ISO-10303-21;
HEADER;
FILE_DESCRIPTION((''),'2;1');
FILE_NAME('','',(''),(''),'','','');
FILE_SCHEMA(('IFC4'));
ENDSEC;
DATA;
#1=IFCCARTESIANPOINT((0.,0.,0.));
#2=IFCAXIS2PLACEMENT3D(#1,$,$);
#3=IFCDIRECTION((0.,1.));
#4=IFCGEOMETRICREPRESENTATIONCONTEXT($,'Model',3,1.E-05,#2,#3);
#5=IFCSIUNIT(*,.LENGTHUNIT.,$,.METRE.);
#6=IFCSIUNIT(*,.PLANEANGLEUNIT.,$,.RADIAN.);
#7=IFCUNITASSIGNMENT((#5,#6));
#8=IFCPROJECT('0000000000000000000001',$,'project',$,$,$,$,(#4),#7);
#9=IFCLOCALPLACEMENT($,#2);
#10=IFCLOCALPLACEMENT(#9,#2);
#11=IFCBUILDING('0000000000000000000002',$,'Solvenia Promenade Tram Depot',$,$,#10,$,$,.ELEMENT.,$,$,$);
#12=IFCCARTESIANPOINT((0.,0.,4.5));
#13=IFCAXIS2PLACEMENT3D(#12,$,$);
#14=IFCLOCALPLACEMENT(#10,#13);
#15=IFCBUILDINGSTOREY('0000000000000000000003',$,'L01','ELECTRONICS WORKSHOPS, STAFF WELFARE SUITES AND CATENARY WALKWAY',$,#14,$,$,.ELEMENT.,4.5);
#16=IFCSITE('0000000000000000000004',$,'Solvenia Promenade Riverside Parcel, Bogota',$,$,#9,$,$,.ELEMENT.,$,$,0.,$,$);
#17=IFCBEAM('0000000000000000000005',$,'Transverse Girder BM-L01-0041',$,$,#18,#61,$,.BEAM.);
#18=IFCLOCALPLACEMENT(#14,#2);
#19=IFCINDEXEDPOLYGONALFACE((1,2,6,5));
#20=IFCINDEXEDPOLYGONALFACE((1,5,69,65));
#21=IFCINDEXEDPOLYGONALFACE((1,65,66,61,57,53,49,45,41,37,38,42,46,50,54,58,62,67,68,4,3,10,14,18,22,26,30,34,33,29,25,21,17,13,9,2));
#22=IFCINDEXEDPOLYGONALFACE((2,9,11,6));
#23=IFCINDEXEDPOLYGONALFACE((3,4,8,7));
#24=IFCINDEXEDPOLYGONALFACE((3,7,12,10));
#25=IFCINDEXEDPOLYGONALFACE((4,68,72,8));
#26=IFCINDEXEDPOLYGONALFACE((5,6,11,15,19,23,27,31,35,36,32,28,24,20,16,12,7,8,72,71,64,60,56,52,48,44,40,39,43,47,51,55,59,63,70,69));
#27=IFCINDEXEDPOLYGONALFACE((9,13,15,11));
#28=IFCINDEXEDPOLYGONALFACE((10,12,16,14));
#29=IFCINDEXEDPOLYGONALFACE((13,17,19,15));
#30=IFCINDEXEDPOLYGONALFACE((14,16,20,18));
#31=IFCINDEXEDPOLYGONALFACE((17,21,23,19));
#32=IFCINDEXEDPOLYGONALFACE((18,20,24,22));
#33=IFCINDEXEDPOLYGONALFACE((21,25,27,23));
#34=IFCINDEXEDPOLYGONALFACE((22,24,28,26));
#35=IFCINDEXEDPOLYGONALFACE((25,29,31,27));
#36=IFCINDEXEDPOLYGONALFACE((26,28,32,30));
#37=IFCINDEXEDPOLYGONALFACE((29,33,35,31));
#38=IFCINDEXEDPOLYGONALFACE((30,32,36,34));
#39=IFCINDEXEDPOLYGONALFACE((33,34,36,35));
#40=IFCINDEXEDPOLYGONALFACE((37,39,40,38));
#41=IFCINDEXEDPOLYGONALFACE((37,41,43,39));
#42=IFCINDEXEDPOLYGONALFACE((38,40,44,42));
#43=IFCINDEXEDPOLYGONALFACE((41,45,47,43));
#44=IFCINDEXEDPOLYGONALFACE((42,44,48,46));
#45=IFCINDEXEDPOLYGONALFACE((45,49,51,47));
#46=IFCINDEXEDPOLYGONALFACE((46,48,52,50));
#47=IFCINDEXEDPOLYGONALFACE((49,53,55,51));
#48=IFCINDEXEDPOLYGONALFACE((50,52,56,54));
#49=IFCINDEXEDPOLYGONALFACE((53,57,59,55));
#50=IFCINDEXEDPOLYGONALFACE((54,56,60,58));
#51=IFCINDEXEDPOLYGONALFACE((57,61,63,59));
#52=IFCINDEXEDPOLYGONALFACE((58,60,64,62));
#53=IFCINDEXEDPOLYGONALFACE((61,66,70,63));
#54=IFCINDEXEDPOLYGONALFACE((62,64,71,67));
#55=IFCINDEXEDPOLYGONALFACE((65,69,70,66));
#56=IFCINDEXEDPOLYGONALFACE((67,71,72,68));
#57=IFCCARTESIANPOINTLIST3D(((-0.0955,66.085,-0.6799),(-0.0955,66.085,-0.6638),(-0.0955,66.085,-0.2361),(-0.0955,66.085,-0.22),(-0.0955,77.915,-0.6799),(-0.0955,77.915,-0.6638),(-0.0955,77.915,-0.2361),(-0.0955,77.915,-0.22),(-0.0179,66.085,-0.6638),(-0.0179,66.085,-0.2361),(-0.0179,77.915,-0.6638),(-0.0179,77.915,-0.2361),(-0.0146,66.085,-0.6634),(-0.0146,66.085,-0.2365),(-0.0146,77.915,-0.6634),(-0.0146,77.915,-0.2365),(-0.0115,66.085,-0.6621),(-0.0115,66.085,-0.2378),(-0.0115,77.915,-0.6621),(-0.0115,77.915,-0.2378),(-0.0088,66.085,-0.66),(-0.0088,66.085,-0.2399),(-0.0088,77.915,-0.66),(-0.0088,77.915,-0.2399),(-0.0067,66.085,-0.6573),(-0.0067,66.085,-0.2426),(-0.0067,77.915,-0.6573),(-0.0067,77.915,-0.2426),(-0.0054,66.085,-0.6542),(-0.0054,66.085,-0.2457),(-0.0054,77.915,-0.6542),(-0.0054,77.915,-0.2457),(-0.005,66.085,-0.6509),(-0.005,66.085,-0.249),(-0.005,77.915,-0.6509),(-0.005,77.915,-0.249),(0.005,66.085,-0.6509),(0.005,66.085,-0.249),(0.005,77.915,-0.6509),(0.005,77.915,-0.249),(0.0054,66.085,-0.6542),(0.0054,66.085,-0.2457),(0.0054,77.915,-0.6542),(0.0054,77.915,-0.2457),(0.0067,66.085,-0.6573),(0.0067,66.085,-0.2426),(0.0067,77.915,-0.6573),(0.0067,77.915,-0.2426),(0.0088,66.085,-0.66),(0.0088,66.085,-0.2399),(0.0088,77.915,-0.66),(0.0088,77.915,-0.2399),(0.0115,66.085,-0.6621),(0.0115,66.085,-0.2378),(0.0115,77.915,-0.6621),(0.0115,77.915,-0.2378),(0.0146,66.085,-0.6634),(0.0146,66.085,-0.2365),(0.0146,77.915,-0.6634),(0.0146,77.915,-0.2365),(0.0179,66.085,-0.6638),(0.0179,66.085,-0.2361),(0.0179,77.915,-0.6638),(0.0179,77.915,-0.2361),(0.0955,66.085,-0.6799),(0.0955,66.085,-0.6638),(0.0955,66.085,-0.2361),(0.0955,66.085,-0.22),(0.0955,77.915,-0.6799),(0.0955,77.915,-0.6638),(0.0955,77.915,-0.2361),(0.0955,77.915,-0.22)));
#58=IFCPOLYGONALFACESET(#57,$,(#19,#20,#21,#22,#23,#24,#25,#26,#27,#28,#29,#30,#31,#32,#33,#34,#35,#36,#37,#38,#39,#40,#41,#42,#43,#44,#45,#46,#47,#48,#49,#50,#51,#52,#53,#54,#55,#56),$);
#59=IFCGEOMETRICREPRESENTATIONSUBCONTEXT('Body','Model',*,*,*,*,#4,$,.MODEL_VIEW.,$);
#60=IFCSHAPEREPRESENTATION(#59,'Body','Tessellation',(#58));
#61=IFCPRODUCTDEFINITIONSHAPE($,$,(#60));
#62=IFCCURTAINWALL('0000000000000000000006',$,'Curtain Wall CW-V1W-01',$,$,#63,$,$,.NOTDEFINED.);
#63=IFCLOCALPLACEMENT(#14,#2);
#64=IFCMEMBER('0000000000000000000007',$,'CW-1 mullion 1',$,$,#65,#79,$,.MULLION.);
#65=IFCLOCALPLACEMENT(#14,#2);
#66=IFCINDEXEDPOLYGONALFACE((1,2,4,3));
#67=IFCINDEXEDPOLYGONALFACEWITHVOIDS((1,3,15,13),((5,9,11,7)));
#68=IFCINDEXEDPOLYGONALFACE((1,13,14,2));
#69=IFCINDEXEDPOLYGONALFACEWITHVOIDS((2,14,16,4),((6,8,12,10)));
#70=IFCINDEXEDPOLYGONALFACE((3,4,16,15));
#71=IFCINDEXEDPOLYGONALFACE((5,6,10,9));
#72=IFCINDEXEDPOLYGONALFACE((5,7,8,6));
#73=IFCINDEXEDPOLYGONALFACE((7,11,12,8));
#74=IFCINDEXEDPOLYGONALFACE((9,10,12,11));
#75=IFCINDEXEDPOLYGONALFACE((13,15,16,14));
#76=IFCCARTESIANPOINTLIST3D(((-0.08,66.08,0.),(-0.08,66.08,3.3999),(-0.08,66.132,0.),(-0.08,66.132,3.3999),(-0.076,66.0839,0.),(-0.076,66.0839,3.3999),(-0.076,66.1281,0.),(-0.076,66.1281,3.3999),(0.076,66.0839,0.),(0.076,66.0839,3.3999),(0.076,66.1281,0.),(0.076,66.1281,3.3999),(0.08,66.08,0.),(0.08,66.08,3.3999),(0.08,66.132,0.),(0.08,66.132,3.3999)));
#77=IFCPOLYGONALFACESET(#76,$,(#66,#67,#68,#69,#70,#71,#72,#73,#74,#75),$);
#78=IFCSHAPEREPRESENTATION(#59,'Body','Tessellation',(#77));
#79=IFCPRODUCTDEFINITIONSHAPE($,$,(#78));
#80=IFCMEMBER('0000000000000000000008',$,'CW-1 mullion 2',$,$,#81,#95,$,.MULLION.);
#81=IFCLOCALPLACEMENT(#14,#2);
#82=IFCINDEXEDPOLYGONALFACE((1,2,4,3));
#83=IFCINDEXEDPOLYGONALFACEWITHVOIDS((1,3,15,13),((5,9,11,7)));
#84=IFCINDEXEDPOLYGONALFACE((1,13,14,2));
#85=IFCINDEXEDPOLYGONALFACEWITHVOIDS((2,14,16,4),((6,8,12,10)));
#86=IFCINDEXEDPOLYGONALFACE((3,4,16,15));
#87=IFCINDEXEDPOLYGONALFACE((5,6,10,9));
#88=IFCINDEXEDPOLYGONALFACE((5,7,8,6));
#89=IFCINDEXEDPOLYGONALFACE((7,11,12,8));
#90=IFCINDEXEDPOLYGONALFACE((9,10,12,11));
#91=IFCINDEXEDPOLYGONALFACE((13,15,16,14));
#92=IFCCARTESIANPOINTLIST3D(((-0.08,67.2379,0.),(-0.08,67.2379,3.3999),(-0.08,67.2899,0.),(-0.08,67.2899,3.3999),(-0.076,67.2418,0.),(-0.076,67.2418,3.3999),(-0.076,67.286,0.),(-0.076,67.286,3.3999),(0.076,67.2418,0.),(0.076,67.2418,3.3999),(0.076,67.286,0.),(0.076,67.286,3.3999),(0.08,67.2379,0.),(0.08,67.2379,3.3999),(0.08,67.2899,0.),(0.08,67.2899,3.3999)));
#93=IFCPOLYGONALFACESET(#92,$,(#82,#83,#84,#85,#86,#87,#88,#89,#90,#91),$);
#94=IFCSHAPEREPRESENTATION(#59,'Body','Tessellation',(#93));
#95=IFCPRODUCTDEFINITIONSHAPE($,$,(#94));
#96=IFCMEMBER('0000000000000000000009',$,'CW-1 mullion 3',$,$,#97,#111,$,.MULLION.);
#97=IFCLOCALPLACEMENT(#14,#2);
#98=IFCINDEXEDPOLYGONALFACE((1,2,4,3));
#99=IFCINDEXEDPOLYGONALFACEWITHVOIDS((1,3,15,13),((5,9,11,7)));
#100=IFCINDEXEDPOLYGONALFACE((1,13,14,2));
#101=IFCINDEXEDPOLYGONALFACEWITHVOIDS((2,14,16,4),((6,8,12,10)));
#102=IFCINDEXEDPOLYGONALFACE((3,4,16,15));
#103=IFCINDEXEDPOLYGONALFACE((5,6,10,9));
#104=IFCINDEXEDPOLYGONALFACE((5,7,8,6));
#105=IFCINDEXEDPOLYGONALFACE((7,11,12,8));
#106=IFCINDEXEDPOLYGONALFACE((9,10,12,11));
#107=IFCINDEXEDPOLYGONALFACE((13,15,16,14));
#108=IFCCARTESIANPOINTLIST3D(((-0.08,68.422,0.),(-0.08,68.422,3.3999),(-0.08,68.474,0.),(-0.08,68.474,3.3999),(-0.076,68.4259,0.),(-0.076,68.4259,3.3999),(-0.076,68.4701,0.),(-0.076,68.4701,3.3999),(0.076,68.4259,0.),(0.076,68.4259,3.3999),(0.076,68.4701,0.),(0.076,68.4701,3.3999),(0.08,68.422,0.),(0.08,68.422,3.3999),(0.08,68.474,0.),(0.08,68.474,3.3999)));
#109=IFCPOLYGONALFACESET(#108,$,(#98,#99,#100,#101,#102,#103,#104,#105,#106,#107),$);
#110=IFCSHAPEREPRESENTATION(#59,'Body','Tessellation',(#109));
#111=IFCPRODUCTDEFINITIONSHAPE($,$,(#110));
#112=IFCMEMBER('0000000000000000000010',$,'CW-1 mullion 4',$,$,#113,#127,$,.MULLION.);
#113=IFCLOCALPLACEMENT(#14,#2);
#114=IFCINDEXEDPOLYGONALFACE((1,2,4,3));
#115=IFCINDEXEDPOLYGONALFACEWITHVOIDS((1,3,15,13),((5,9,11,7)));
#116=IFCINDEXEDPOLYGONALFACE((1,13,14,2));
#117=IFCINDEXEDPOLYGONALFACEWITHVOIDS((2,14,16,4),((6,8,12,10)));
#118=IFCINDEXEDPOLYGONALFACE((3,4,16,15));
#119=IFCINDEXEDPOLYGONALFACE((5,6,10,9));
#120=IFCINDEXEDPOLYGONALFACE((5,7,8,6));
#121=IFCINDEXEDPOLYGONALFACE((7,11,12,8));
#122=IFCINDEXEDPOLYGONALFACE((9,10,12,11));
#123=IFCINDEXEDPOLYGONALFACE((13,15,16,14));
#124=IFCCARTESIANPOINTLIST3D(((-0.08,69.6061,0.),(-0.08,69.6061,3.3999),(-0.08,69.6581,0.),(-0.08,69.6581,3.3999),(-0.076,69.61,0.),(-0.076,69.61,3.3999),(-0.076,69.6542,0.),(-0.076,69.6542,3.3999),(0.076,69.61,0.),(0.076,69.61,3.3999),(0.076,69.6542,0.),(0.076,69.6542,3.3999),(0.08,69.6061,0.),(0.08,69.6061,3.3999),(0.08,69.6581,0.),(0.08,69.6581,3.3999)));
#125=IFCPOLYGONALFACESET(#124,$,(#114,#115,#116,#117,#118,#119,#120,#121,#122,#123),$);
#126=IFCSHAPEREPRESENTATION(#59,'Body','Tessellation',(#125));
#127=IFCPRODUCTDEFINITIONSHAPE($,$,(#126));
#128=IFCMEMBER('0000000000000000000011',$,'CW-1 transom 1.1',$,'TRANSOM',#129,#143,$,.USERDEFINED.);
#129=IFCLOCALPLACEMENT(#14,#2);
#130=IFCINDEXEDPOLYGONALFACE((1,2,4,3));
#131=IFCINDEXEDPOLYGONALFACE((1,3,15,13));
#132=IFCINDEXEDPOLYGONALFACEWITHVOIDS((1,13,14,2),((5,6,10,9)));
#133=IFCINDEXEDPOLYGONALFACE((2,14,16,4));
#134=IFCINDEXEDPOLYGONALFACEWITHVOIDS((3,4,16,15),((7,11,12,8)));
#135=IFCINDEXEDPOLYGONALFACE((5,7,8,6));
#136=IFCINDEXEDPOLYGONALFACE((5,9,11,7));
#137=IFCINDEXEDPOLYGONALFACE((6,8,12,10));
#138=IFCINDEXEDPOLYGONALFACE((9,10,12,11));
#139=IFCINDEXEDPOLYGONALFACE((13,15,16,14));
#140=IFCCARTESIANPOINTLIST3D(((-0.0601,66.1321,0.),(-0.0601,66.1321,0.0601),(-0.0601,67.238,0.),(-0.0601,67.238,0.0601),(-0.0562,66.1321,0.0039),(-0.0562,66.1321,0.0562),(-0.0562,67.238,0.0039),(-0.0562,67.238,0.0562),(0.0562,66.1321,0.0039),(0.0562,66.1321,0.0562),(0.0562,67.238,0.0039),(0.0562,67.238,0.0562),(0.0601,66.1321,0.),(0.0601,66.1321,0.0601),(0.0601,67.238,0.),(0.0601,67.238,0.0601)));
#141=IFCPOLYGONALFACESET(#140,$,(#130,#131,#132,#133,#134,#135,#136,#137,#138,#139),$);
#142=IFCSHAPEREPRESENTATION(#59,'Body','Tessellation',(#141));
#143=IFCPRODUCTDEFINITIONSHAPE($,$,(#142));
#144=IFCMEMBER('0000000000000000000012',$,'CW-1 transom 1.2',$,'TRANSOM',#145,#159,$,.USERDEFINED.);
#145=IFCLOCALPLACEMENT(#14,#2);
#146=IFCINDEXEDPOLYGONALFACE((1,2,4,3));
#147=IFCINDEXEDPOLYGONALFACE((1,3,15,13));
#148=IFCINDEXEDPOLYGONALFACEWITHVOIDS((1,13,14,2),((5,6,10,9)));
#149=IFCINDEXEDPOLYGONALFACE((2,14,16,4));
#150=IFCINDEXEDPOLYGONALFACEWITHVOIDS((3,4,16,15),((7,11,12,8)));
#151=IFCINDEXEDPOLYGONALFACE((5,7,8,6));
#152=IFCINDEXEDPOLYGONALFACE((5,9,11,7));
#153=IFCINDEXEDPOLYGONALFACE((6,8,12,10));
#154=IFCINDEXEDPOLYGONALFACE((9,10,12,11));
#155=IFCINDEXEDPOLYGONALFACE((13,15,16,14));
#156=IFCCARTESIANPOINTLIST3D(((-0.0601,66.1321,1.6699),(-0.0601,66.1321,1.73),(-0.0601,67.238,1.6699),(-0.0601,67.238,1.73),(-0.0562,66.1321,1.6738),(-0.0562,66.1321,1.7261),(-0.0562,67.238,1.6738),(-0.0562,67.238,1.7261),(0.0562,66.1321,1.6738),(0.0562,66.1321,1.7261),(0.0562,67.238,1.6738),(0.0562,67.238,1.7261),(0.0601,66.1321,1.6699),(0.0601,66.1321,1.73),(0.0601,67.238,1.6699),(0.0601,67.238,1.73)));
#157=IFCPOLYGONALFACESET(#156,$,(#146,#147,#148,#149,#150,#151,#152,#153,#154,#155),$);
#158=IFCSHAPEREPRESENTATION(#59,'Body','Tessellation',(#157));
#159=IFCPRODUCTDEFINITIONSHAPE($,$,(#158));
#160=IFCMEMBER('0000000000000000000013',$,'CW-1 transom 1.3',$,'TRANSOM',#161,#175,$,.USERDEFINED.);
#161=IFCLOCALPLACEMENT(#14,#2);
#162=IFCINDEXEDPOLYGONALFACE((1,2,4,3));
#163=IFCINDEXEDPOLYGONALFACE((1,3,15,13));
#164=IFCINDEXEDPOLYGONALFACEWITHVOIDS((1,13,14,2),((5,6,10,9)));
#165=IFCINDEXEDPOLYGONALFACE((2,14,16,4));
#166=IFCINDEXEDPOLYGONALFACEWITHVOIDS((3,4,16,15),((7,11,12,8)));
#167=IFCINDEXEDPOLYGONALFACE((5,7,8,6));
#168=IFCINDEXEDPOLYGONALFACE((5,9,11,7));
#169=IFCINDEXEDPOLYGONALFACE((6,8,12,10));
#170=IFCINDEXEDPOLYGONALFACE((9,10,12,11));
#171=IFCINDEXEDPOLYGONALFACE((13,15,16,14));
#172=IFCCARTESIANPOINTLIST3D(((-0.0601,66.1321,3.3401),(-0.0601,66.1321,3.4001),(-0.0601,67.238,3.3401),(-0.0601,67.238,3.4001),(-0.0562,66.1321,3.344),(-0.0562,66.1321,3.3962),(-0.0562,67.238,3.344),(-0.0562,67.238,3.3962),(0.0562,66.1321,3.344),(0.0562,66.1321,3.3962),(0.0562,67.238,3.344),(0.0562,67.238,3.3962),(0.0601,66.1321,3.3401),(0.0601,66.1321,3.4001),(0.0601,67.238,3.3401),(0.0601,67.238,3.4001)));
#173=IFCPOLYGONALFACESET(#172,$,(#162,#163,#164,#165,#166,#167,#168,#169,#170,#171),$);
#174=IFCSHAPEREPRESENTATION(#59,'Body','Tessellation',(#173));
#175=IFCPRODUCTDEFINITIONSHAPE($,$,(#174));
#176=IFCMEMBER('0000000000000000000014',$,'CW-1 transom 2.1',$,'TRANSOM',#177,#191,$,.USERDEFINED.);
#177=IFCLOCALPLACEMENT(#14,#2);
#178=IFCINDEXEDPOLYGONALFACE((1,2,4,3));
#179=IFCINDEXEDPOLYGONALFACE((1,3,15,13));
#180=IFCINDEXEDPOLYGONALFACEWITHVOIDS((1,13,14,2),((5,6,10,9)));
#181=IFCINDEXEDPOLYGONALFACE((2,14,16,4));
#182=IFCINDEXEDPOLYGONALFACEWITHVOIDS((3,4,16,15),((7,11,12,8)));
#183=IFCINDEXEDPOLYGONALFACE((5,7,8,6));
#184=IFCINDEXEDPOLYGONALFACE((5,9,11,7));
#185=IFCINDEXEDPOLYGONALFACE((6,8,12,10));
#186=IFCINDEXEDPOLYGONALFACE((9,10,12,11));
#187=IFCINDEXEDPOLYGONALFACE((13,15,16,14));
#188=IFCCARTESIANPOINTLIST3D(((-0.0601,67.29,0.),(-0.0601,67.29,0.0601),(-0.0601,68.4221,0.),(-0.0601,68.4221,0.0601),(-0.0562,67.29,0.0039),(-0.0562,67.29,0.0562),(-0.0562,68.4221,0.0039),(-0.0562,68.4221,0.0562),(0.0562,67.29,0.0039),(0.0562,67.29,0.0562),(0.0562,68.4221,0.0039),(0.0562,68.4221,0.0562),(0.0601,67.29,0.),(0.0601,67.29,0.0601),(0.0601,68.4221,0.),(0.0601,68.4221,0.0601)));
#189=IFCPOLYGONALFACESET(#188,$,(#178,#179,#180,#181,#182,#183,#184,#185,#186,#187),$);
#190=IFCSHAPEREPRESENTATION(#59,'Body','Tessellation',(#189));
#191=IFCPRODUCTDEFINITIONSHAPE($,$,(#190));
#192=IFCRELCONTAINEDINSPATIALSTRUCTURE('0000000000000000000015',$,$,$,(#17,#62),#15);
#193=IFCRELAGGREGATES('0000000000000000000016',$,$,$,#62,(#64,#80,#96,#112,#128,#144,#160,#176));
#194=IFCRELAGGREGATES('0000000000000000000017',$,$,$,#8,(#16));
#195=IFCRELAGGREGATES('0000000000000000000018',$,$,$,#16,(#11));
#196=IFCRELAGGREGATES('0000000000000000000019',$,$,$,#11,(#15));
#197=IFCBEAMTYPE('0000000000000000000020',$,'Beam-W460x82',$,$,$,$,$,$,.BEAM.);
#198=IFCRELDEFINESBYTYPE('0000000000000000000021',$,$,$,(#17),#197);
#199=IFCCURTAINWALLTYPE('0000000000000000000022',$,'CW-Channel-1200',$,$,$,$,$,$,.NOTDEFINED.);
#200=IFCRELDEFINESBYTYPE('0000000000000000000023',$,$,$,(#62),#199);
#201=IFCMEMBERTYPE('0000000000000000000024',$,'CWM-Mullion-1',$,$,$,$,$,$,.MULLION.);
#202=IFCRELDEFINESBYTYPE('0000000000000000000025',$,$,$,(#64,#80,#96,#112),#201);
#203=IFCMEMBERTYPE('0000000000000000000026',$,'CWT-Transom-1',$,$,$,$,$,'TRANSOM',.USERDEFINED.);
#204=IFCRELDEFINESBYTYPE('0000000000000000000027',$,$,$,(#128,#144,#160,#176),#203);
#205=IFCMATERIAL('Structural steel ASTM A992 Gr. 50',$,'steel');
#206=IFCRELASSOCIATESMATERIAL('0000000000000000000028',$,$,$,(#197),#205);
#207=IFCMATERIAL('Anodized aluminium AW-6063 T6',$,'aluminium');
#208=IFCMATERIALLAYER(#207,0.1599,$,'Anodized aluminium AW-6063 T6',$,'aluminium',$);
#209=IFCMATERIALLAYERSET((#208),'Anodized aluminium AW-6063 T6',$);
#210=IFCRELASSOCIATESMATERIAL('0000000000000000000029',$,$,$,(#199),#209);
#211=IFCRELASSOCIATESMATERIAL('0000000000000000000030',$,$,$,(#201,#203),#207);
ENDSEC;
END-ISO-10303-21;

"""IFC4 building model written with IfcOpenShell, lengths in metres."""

from ifc_helpers import new_model, si_unit, direction, frame, origin, origin_2d, place, context, subcontext, project, spatial, hollow_rectangle, i_section, extrude, material, layer, layer_set, material_profile, profile_set, type_object, element, aggregate, save


model = new_model("IFC4")

# Units and contexts
model_context = context("Model", 3, precision=1e-05, world=origin(), true_north=direction((0.0, 1.0)))
body_context = subcontext(model_context, "Body", "Model", "MODEL_VIEW")
ifc_project = project(units=[si_unit("LENGTHUNIT", "METRE"), si_unit("PLANEANGLEUNIT", "RADIAN")], contexts=[model_context])

# Site, building, storey
site_placement = place(None, origin())
site = spatial("IfcSite", under=ifc_project, at=site_placement, Name="Solvenia Promenade Riverside Parcel, Bogota", CompositionType="ELEMENT", RefElevation=0.0)
building_placement = place(site_placement, origin())
building = spatial("IfcBuilding", under=site, at=building_placement, Name="Solvenia Promenade Tram Depot", CompositionType="ELEMENT")
storey_placement = place(building_placement, frame((0.0, 0.0, 4.5)))
storey = spatial("IfcBuildingStorey", under=building, at=storey_placement, Name="L01", Description="ELECTRONICS WORKSHOPS, STAFF WELFARE SUITES AND CATENARY WALKWAY", CompositionType="ELEMENT", Elevation=4.5)

# Beam
ifc_material_1 = material(Name="Structural steel ASTM A992 Gr. 50", Category="steel")
ifc_material_profile_1 = material_profile(ifc_material_1, i_section(OverallWidth=0.1909, OverallDepth=0.46, WebThickness=0.01, FlangeThickness=0.0161, FilletRadius=0.0129, at=origin_2d()), Name="W460x82", Category="steel")
ifc_profile_set_1 = profile_set([ifc_material_profile_1], Name="Structural steel ASTM A992 Gr. 50")
beam_type_1 = type_object("IfcBeamType", Name="Beam-W460x82", PredefinedType="BEAM", material=ifc_profile_set_1)
beam_1_placement = place(storey_placement, frame((0.0, 66.085, -0.45), z_axis=(0.0, 1.0, 0.0), x_axis=(-1.0, 0.0, 0.0)))
element("IfcBeam", 1, at=beam_1_placement, inside=storey, type_object=beam_type_1, Name="Transverse Girder BM-L01-0041", PredefinedType="BEAM", context=body_context, shape_type="SweptSolid", body=[
    extrude(i_section(OverallWidth=0.1909, OverallDepth=0.46, WebThickness=0.01, FlangeThickness=0.0161, FilletRadius=0.0129, at=origin_2d()), origin(), (0.0, 0.0, 1.0), 11.8301),
])

# Curtain wall, members
ifc_material_2 = material(Name="Anodized aluminium AW-6063 T6", Category="aluminium")
ifc_layer_1 = layer(ifc_material_2, 0.1599, Name="Anodized aluminium AW-6063 T6", Category="aluminium")
ifc_layer_set_1 = layer_set([ifc_layer_1], Name="Anodized aluminium AW-6063 T6")
curtain_wall_type = type_object("IfcCurtainWallType", Name="CW-Channel-1200", PredefinedType="NOTDEFINED", material=ifc_layer_set_1)
curtain_wall_placement = place(storey_placement, origin())
curtain_wall = element("IfcCurtainWall", 2, at=curtain_wall_placement, inside=storey, type_object=curtain_wall_type, Name="Curtain Wall CW-V1W-01", PredefinedType="NOTDEFINED")
ifc_material_profile_2 = material_profile(ifc_material_2, hollow_rectangle(XDim=0.1599, YDim=0.052, WallThickness=0.0039, at=origin_2d()), Name="ALU-M1", Category="aluminium")
ifc_profile_set_2 = profile_set([ifc_material_profile_2], Name="Anodized aluminium AW-6063 T6")
member_type_1 = type_object("IfcMemberType", Name="CWM-Mullion-1", PredefinedType="MULLION", material=ifc_profile_set_2)
member_1_placement = place(storey_placement, frame((0.0, 66.106, 0.0), z_axis=(0.0, 0.0, 1.0), x_axis=(-1.0, 0.0, 0.0)))
member_1 = element("IfcMember", 3, at=member_1_placement, type_object=member_type_1, Name="CW-1 mullion 1", PredefinedType="MULLION", context=body_context, shape_type="SweptSolid", body=[
    extrude(hollow_rectangle(XDim=0.1599, YDim=0.052, WallThickness=0.0039, at=origin_2d()), origin(), (0.0, 0.0, 1.0), 3.3999),
])
member_2_placement = place(storey_placement, frame((0.0, 67.2639, 0.0), z_axis=(0.0, 0.0, 1.0), x_axis=(-1.0, 0.0, 0.0)))
member_2 = element("IfcMember", 4, at=member_2_placement, type_object=member_type_1, Name="CW-1 mullion 2", PredefinedType="MULLION", context=body_context, shape_type="SweptSolid", body=[
    extrude(hollow_rectangle(XDim=0.1599, YDim=0.052, WallThickness=0.0039, at=origin_2d()), origin(), (0.0, 0.0, 1.0), 3.3999),
])
member_3_placement = place(storey_placement, frame((0.0, 68.448, 0.0), z_axis=(0.0, 0.0, 1.0), x_axis=(-1.0, 0.0, 0.0)))
member_3 = element("IfcMember", 5, at=member_3_placement, type_object=member_type_1, Name="CW-1 mullion 3", PredefinedType="MULLION", context=body_context, shape_type="SweptSolid", body=[
    extrude(hollow_rectangle(XDim=0.1599, YDim=0.052, WallThickness=0.0039, at=origin_2d()), origin(), (0.0, 0.0, 1.0), 3.3999),
])
member_4_placement = place(storey_placement, frame((0.0, 69.6321, 0.0), z_axis=(0.0, 0.0, 1.0), x_axis=(-1.0, 0.0, 0.0)))
member_4 = element("IfcMember", 6, at=member_4_placement, type_object=member_type_1, Name="CW-1 mullion 4", PredefinedType="MULLION", context=body_context, shape_type="SweptSolid", body=[
    extrude(hollow_rectangle(XDim=0.1599, YDim=0.052, WallThickness=0.0039, at=origin_2d()), origin(), (0.0, 0.0, 1.0), 3.3999),
])
ifc_material_profile_3 = material_profile(ifc_material_2, hollow_rectangle(XDim=0.1201, YDim=0.0601, WallThickness=0.0039, at=origin_2d()), Name="ALU-T1", Category="aluminium")
ifc_profile_set_3 = profile_set([ifc_material_profile_3], Name="Anodized aluminium AW-6063 T6")
member_type_2 = type_object("IfcMemberType", Name="CWT-Transom-1", ElementType="TRANSOM", PredefinedType="USERDEFINED", material=ifc_profile_set_3)
member_5_placement = place(storey_placement, frame((0.0, 66.1321, 0.03), z_axis=(0.0, 1.0, 0.0), x_axis=(-1.0, 0.0, 0.0)))
member_5 = element("IfcMember", 7, at=member_5_placement, type_object=member_type_2, Name="CW-1 transom 1.1", ObjectType="TRANSOM", PredefinedType="USERDEFINED", context=body_context, shape_type="SweptSolid", body=[
    extrude(hollow_rectangle(XDim=0.1201, YDim=0.0601, WallThickness=0.0039, at=origin_2d()), origin(), (0.0, 0.0, 1.0), 1.106),
])
member_6_placement = place(storey_placement, frame((0.0, 66.1321, 1.7), z_axis=(0.0, 1.0, 0.0), x_axis=(-1.0, 0.0, 0.0)))
member_6 = element("IfcMember", 8, at=member_6_placement, type_object=member_type_2, Name="CW-1 transom 1.2", ObjectType="TRANSOM", PredefinedType="USERDEFINED", context=body_context, shape_type="SweptSolid", body=[
    extrude(hollow_rectangle(XDim=0.1201, YDim=0.0601, WallThickness=0.0039, at=origin_2d()), origin(), (0.0, 0.0, 1.0), 1.106),
])
member_7_placement = place(storey_placement, frame((0.0, 66.1321, 3.3701), z_axis=(0.0, 1.0, 0.0), x_axis=(-1.0, 0.0, 0.0)))
member_7 = element("IfcMember", 9, at=member_7_placement, type_object=member_type_2, Name="CW-1 transom 1.3", ObjectType="TRANSOM", PredefinedType="USERDEFINED", context=body_context, shape_type="SweptSolid", body=[
    extrude(hollow_rectangle(XDim=0.1201, YDim=0.0601, WallThickness=0.0039, at=origin_2d()), origin(), (0.0, 0.0, 1.0), 1.106),
])
member_8_placement = place(storey_placement, frame((0.0, 67.29, 0.03), z_axis=(0.0, 1.0, 0.0), x_axis=(-1.0, 0.0, 0.0)))
member_8 = element("IfcMember", 10, at=member_8_placement, type_object=member_type_2, Name="CW-1 transom 2.1", ObjectType="TRANSOM", PredefinedType="USERDEFINED", context=body_context, shape_type="SweptSolid", body=[
    extrude(hollow_rectangle(XDim=0.1201, YDim=0.0601, WallThickness=0.0039, at=origin_2d()), origin(), (0.0, 0.0, 1.0), 1.1321),
])

aggregate(curtain_wall, [member_1, member_2, member_3, member_4, member_5, member_6, member_7, member_8])

save(model, "model.ifc")
